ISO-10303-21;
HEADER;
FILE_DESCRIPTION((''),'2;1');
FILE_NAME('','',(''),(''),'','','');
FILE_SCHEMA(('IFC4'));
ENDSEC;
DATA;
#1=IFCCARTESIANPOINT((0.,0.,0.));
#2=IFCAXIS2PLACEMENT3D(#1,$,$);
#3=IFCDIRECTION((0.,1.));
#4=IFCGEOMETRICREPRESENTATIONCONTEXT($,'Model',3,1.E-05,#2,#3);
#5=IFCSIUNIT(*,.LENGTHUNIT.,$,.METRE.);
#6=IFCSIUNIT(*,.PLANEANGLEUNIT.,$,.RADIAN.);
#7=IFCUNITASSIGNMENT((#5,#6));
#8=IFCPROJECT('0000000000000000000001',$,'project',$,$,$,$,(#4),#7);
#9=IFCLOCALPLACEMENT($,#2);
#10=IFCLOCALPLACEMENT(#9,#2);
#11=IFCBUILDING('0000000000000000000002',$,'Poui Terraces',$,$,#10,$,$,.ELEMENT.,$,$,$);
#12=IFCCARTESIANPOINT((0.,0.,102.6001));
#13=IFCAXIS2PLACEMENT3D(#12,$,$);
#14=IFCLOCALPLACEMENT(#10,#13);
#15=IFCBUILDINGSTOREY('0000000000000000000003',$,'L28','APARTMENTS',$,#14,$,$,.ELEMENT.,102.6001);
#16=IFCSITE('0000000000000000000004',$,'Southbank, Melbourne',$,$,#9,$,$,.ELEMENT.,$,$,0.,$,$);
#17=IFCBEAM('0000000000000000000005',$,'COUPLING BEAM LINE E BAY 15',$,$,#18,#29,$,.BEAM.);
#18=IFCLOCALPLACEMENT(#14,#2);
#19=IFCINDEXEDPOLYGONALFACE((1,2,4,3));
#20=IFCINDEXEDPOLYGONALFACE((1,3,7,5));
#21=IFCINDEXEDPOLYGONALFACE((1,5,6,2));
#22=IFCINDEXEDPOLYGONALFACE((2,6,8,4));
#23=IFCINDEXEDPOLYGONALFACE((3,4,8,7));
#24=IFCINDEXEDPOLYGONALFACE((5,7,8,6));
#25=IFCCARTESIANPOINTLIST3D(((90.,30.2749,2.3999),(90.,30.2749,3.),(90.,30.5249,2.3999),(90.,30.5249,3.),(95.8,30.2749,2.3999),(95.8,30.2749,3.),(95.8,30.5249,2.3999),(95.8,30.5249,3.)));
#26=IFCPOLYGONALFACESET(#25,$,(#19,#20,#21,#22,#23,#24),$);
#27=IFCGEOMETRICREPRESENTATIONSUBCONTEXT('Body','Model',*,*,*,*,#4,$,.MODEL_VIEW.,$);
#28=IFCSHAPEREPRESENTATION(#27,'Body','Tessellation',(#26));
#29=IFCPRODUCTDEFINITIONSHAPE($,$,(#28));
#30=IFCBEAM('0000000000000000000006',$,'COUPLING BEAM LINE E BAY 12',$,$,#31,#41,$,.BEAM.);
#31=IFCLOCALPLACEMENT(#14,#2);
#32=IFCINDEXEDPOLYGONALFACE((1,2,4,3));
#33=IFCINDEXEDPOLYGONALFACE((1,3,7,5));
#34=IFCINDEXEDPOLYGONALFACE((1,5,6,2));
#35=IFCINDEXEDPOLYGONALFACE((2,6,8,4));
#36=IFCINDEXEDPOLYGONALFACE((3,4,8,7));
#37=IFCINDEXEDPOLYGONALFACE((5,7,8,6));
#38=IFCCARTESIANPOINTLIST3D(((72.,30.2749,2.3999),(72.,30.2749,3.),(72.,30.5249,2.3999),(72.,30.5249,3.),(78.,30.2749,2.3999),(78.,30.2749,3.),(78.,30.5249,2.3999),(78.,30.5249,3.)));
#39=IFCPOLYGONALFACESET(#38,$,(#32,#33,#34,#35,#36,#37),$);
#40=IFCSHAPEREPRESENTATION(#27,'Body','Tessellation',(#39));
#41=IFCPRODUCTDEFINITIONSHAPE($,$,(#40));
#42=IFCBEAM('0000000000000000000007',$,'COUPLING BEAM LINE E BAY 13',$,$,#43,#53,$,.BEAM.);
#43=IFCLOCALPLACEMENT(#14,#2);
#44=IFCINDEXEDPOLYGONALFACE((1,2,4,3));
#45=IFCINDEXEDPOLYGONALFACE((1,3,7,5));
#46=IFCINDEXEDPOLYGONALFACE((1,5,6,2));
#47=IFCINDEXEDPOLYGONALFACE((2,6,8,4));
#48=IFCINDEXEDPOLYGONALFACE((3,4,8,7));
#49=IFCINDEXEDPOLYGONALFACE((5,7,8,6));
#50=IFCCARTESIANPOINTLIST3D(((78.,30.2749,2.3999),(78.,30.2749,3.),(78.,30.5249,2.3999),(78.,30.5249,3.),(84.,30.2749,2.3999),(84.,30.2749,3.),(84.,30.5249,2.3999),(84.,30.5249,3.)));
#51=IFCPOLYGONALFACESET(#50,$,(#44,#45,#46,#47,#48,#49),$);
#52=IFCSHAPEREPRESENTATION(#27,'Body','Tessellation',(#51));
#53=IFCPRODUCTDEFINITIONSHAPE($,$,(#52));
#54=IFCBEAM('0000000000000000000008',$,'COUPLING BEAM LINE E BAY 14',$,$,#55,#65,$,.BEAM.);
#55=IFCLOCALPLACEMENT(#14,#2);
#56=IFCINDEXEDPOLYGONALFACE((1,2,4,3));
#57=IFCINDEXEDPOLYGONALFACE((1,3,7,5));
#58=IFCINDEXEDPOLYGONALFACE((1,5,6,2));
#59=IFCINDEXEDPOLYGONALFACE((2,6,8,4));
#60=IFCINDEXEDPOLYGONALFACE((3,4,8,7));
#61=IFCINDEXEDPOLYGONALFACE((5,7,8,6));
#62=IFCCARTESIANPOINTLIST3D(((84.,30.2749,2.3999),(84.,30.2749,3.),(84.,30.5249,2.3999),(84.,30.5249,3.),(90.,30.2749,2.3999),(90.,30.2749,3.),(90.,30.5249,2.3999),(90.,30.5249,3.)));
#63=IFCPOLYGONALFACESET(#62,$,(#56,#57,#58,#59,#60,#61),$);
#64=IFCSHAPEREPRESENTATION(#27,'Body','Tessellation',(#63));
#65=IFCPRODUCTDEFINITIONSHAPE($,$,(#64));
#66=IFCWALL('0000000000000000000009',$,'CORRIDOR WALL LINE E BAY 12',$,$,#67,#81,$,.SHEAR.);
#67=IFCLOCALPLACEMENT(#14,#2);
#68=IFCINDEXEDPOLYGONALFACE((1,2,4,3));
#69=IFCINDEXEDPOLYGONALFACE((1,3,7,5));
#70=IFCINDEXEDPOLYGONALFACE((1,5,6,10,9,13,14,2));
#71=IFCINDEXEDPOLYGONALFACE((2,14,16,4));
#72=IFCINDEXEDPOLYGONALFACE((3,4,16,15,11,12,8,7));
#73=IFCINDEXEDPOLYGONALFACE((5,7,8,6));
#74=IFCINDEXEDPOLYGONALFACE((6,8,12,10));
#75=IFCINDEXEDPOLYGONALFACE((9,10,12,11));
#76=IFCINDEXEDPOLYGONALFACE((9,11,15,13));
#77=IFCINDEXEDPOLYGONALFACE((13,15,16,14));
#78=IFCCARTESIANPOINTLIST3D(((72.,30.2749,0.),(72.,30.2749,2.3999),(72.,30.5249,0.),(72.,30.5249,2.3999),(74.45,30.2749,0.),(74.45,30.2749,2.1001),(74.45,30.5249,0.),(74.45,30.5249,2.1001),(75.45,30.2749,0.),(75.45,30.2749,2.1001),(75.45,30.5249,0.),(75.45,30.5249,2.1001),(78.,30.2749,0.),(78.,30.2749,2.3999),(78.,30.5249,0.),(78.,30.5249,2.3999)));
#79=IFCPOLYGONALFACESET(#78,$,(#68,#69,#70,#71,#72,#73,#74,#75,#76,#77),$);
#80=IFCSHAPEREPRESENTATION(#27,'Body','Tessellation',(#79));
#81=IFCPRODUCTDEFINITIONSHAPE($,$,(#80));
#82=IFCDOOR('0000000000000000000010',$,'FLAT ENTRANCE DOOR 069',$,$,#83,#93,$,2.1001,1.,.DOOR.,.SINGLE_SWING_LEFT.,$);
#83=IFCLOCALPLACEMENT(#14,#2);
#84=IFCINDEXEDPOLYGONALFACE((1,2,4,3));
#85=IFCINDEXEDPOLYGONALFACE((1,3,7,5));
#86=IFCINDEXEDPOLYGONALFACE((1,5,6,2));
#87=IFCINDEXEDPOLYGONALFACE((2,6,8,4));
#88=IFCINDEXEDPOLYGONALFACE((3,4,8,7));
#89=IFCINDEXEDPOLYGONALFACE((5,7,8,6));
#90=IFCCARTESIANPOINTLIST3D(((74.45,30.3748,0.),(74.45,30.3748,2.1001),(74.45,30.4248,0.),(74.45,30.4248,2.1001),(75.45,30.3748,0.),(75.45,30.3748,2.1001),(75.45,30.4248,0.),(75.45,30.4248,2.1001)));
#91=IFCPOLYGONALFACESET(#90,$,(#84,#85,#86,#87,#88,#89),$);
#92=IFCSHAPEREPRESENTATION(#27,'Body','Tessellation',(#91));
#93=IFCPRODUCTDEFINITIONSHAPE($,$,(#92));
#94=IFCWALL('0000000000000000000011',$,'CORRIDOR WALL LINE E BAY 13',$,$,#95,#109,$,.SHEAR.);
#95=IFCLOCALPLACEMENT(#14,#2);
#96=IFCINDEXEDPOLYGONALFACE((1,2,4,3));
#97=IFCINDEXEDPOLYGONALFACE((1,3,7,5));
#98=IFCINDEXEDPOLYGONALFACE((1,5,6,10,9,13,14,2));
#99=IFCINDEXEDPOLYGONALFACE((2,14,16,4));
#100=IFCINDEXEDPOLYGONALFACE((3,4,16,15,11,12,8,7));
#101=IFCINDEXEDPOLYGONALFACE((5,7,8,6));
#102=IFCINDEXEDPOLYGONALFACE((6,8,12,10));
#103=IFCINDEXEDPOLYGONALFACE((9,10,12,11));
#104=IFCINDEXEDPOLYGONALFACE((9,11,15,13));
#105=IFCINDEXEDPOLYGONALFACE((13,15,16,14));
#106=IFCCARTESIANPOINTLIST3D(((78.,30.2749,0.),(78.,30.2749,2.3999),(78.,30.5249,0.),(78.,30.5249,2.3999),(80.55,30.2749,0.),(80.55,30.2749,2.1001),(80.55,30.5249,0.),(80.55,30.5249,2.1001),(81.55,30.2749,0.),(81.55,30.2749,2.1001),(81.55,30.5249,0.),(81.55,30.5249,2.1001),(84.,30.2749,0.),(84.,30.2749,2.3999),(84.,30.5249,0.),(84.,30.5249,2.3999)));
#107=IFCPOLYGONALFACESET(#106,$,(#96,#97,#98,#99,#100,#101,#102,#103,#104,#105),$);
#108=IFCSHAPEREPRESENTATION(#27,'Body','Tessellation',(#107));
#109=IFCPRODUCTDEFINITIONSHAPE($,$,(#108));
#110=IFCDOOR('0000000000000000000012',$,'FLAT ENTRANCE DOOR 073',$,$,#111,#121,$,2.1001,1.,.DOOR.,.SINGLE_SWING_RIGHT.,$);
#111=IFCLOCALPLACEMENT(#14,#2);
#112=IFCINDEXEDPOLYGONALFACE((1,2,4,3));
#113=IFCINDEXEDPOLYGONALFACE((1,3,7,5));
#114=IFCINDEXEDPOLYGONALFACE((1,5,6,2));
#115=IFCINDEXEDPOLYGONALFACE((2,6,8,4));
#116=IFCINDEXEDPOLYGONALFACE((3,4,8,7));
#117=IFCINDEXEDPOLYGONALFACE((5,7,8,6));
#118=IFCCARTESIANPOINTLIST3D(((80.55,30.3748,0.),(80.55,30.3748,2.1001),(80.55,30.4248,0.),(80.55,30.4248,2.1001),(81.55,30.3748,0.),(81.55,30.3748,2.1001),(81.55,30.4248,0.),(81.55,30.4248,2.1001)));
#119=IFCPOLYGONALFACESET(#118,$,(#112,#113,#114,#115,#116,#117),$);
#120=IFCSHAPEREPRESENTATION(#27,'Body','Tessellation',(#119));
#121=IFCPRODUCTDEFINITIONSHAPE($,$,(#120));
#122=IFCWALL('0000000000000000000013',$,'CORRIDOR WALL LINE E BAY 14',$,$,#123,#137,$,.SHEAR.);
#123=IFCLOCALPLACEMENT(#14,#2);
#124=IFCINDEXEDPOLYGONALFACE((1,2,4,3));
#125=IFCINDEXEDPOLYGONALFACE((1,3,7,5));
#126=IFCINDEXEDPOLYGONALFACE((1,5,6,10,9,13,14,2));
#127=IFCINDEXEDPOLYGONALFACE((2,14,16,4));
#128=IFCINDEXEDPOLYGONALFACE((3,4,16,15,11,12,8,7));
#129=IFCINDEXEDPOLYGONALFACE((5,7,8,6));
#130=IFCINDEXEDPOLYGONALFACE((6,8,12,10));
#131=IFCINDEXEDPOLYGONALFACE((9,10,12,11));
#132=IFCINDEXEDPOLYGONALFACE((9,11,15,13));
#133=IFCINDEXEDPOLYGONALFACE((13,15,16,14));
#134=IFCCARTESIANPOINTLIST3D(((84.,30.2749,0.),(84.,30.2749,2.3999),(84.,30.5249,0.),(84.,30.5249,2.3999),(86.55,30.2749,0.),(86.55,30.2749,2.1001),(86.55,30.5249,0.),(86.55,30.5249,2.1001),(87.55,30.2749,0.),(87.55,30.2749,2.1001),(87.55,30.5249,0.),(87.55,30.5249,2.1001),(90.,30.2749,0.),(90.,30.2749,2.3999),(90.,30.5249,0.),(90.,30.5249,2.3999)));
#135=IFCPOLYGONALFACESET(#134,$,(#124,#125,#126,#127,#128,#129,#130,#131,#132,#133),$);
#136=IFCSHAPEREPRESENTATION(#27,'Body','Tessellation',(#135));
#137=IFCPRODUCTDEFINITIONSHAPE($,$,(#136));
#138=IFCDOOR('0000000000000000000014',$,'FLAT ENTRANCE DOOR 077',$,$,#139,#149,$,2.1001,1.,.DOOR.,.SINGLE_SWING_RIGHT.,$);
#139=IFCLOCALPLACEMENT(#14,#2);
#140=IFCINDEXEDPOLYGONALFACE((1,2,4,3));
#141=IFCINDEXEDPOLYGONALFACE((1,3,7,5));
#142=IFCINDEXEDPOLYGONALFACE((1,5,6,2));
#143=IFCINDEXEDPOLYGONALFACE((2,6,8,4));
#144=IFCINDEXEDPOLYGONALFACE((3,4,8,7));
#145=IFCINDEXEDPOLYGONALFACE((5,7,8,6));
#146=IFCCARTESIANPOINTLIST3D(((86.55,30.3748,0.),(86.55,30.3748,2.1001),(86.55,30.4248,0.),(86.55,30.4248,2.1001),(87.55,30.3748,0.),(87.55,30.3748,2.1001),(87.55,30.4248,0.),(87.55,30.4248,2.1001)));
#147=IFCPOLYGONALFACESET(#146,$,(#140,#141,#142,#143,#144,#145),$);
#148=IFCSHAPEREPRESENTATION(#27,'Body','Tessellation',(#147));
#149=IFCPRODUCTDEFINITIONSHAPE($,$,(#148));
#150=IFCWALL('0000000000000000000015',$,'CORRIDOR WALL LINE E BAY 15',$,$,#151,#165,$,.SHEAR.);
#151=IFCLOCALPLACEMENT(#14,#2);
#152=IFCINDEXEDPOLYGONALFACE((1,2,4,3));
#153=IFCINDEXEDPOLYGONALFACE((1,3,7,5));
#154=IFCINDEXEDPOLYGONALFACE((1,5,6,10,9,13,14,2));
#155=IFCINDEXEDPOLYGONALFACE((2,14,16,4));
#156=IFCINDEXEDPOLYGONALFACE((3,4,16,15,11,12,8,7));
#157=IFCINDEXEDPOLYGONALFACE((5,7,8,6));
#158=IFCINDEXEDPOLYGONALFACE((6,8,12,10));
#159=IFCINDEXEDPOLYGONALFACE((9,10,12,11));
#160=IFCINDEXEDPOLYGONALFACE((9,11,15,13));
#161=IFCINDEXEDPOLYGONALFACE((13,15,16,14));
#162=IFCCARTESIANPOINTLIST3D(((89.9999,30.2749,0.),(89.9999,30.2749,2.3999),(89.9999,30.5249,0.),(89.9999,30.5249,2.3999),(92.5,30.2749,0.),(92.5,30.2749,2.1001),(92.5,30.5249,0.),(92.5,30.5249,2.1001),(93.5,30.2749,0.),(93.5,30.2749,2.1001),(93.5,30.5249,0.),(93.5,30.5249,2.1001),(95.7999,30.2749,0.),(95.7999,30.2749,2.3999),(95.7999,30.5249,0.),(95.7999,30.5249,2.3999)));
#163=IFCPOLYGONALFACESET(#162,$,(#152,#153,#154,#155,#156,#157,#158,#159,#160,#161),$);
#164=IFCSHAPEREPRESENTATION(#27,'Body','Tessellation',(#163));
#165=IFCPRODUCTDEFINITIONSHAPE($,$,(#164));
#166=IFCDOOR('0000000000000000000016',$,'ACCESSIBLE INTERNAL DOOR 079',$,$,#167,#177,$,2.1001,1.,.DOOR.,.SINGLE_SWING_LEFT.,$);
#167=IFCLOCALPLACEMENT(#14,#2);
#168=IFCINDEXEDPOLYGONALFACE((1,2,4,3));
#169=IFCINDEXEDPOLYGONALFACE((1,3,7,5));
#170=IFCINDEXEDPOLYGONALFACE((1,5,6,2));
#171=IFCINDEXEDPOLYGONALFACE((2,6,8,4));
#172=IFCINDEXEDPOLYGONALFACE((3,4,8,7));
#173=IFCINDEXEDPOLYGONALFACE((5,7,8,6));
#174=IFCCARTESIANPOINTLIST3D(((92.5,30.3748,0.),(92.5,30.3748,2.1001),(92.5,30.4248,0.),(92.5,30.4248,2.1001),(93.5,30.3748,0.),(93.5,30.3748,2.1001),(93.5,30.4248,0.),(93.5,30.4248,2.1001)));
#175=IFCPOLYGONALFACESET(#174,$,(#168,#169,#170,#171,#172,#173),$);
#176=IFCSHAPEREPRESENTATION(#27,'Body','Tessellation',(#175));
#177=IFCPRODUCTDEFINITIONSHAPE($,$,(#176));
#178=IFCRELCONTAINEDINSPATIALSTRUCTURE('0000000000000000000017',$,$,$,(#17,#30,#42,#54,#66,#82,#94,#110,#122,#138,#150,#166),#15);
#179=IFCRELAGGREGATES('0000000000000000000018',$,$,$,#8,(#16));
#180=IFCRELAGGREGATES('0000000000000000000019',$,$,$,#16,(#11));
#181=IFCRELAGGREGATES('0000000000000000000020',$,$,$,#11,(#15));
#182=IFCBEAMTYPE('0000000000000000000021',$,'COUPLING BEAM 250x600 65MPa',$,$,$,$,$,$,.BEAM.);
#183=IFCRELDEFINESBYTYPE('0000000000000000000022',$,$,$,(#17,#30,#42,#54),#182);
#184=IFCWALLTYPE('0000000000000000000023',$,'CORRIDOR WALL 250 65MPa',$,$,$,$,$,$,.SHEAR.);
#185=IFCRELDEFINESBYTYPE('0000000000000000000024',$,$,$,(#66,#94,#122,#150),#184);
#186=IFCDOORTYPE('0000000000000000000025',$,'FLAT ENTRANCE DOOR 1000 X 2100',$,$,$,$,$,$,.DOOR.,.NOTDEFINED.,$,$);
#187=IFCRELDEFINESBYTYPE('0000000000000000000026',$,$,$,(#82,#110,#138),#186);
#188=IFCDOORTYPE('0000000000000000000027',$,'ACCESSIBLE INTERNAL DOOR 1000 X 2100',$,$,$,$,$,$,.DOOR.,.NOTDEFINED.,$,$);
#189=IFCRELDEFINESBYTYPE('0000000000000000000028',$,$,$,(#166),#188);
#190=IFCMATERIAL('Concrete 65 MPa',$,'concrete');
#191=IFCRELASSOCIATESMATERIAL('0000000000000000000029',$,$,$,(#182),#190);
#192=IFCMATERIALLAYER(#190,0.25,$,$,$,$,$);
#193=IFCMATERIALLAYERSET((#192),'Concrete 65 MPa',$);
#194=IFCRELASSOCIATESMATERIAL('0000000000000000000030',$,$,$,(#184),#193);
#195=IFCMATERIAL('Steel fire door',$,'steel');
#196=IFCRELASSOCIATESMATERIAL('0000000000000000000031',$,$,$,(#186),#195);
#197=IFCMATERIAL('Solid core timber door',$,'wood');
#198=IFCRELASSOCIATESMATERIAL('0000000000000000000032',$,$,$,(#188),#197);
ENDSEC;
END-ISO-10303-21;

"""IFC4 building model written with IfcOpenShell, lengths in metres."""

from ifc_helpers import new_model, si_unit, direction, frame, frame_2d, origin, origin_2d, place, context, subcontext, project, spatial, rectangle, extrude, source, transform, mapped, material, layer, layer_set, material_profile, profile_set, type_object, element, fill, save


model = new_model("IFC4")

# Units and contexts
model_context = context("Model", 3, precision=1e-05, world=origin(), true_north=direction((0.0, 1.0)))
body_context = subcontext(model_context, "Body", "Model", "MODEL_VIEW")
ifc_project = project(units=[si_unit("LENGTHUNIT", "METRE"), si_unit("PLANEANGLEUNIT", "RADIAN")], contexts=[model_context])

# Site, building, storey
site_placement = place(None, origin())
site = spatial("IfcSite", under=ifc_project, at=site_placement, Name="Southbank, Melbourne", CompositionType="ELEMENT", RefElevation=0.0)
building_placement = place(site_placement, origin())
building = spatial("IfcBuilding", under=site, at=building_placement, Name="Poui Terraces", CompositionType="ELEMENT")
storey_placement = place(building_placement, frame((0.0, 0.0, 102.6001)))
storey = spatial("IfcBuildingStorey", under=building, at=storey_placement, Name="L28", Description="APARTMENTS", CompositionType="ELEMENT", Elevation=102.6001)

# Beams
ifc_material_1 = material(Name="Concrete 65 MPa", Category="concrete")
ifc_material_profile = material_profile(ifc_material_1, rectangle(XDim=0.25, YDim=0.6001, at=origin_2d()), Name="RC 250x600")
ifc_profile_set = profile_set([ifc_material_profile], Name="Concrete 65 MPa")
beam_type = type_object("IfcBeamType", Name="COUPLING BEAM 250x600 65MPa", PredefinedType="BEAM", material=ifc_profile_set)
shared_shape_1 = source(origin(), body_context, "Body", "SweptSolid", [
    extrude(rectangle(XDim=0.25, YDim=0.6001, at=origin_2d()), origin(), (0.0, 0.0, 1.0), 5.8),
])
beam_placement = place(storey_placement, frame((90.0, 30.3999, 2.7), z_axis=(1.0, 0.0, 0.0), x_axis=(0.0, 1.0, 0.0)))
element("IfcBeam", 1, at=beam_placement, inside=storey, type_object=beam_type, Name="COUPLING BEAM LINE E BAY 15", PredefinedType="BEAM", context=body_context, shape_type="MappedRepresentation", body=[
    mapped(shared_shape_1, transform((0.0, 0.0, 0.0))),
])
shared_shape_2 = source(origin(), body_context, "Body", "SweptSolid", [
    extrude(rectangle(XDim=0.25, YDim=0.6001, at=origin_2d()), origin(), (0.0, 0.0, 1.0), 6.0),
])
for number, where, z_axis, x_axis, name in (
    (2, (72.0, 30.3999, 2.7), (1.0, 0.0, 0.0), (0.0, 1.0, 0.0), "COUPLING BEAM LINE E BAY 12"),
    (3, (78.0, 30.3999, 2.7), (1.0, 0.0, 0.0), (0.0, 1.0, 0.0), "COUPLING BEAM LINE E BAY 13"),
    (4, (84.0, 30.3999, 2.7), (1.0, 0.0, 0.0), (0.0, 1.0, 0.0), "COUPLING BEAM LINE E BAY 14"),
):
    element("IfcBeam", number, at=place(storey_placement, frame(where, z_axis=z_axis, x_axis=x_axis)), inside=storey, type_object=beam_type, Name=name, PredefinedType="BEAM", context=body_context, shape_type="MappedRepresentation", body=[
        mapped(shared_shape_2, transform((0.0, 0.0, 0.0))),
    ])

# Walls, openings, doors
ifc_layer_1 = layer(ifc_material_1, 0.25)
ifc_layer_set_1 = layer_set([ifc_layer_1], Name="Concrete 65 MPa")
wall_type_1 = type_object("IfcWallType", Name="CORRIDOR WALL 250 65MPa", PredefinedType="SHEAR", material=ifc_layer_set_1)
wall_1_placement = place(storey_placement, frame((72.0, 30.3999, 0.0), z_axis=(0.0, 0.0, 1.0), x_axis=(1.0, 0.0, 0.0)))
wall_1 = element("IfcWall", 5, at=wall_1_placement, inside=storey, type_object=wall_type_1, Name="CORRIDOR WALL LINE E BAY 12", PredefinedType="SHEAR", context=body_context, shape_type="SweptSolid", body=[
    extrude(rectangle(XDim=6.0, YDim=0.25, at=frame_2d((3.0, 0.0))), origin(), (0.0, 0.0, 1.0), 2.3999),
])
opening_1_placement = place(wall_1_placement, frame((2.45, 0.0, 0.0)))
opening_1 = element("IfcOpeningElement", 6, at=opening_1_placement, cuts=wall_1, PredefinedType="OPENING", context=body_context, shape_type="SweptSolid", body=[
    extrude(rectangle(XDim=1.0, YDim=2.1001, at=frame_2d((0.5, 1.05))), frame((0.0, 0.135, 0.0), z_axis=(0.0, -1.0, 0.0), x_axis=(1.0, 0.0, 0.0)), (0.0, 0.0, 1.0), 0.27),
])
ifc_material_2 = material(Name="Steel fire door", Category="steel")
door_type_1 = type_object("IfcDoorType", Name="FLAT ENTRANCE DOOR 1000 X 2100", OperationType="NOTDEFINED", PredefinedType="DOOR", material=ifc_material_2)
door_1_placement = place(opening_1_placement, origin())
door_1 = element("IfcDoor", 7, at=door_1_placement, inside=storey, type_object=door_type_1, Name="FLAT ENTRANCE DOOR 069", OperationType="SINGLE_SWING_LEFT", OverallHeight=2.1001, OverallWidth=1.0, PredefinedType="DOOR", context=body_context, shape_type="SweptSolid", body=[
    extrude(rectangle(XDim=1.0, YDim=2.1001, at=frame_2d((0.5, 1.05))), frame((0.0, 0.0249, 0.0), z_axis=(0.0, -1.0, 0.0), x_axis=(1.0, 0.0, 0.0)), (0.0, 0.0, 1.0), 0.05),
])
fill(opening_1, door_1)
wall_2_placement = place(storey_placement, frame((78.0, 30.3999, 0.0), z_axis=(0.0, 0.0, 1.0), x_axis=(1.0, 0.0, 0.0)))
wall_2 = element("IfcWall", 8, at=wall_2_placement, inside=storey, type_object=wall_type_1, Name="CORRIDOR WALL LINE E BAY 13", PredefinedType="SHEAR", context=body_context, shape_type="SweptSolid", body=[
    extrude(rectangle(XDim=6.0, YDim=0.25, at=frame_2d((3.0, 0.0))), origin(), (0.0, 0.0, 1.0), 2.3999),
])
opening_2_placement = place(wall_2_placement, frame((2.55, 0.0, 0.0)))
opening_2 = element("IfcOpeningElement", 9, at=opening_2_placement, cuts=wall_2, PredefinedType="OPENING", context=body_context, shape_type="SweptSolid", body=[
    extrude(rectangle(XDim=1.0, YDim=2.1001, at=frame_2d((0.5, 1.05))), frame((0.0, 0.135, 0.0), z_axis=(0.0, -1.0, 0.0), x_axis=(1.0, 0.0, 0.0)), (0.0, 0.0, 1.0), 0.27),
])
door_2_placement = place(opening_2_placement, origin())
door_2 = element("IfcDoor", 10, at=door_2_placement, inside=storey, type_object=door_type_1, Name="FLAT ENTRANCE DOOR 073", OperationType="SINGLE_SWING_RIGHT", OverallHeight=2.1001, OverallWidth=1.0, PredefinedType="DOOR", context=body_context, shape_type="SweptSolid", body=[
    extrude(rectangle(XDim=1.0, YDim=2.1001, at=frame_2d((0.5, 1.05))), frame((0.0, 0.0249, 0.0), z_axis=(0.0, -1.0, 0.0), x_axis=(1.0, 0.0, 0.0)), (0.0, 0.0, 1.0), 0.05),
])
fill(opening_2, door_2)
wall_3_placement = place(storey_placement, frame((84.0, 30.3999, 0.0), z_axis=(0.0, 0.0, 1.0), x_axis=(1.0, 0.0, 0.0)))
wall_3 = element("IfcWall", 11, at=wall_3_placement, inside=storey, type_object=wall_type_1, Name="CORRIDOR WALL LINE E BAY 14", PredefinedType="SHEAR", context=body_context, shape_type="SweptSolid", body=[
    extrude(rectangle(XDim=6.0, YDim=0.25, at=frame_2d((3.0, 0.0))), origin(), (0.0, 0.0, 1.0), 2.3999),
])
opening_3_placement = place(wall_3_placement, frame((2.55, 0.0, 0.0)))
opening_3 = element("IfcOpeningElement", 12, at=opening_3_placement, cuts=wall_3, PredefinedType="OPENING", context=body_context, shape_type="SweptSolid", body=[
    extrude(rectangle(XDim=1.0, YDim=2.1001, at=frame_2d((0.5, 1.05))), frame((0.0, 0.135, 0.0), z_axis=(0.0, -1.0, 0.0), x_axis=(1.0, 0.0, 0.0)), (0.0, 0.0, 1.0), 0.27),
])
door_3_placement = place(opening_3_placement, origin())
door_3 = element("IfcDoor", 13, at=door_3_placement, inside=storey, type_object=door_type_1, Name="FLAT ENTRANCE DOOR 077", OperationType="SINGLE_SWING_RIGHT", OverallHeight=2.1001, OverallWidth=1.0, PredefinedType="DOOR", context=body_context, shape_type="SweptSolid", body=[
    extrude(rectangle(XDim=1.0, YDim=2.1001, at=frame_2d((0.5, 1.05))), frame((0.0, 0.0249, 0.0), z_axis=(0.0, -1.0, 0.0), x_axis=(1.0, 0.0, 0.0)), (0.0, 0.0, 1.0), 0.05),
])
fill(opening_3, door_3)
wall_4_placement = place(storey_placement, frame((90.0, 30.3999, 0.0), z_axis=(0.0, 0.0, 1.0), x_axis=(1.0, 0.0, 0.0)))
wall_4 = element("IfcWall", 14, at=wall_4_placement, inside=storey, type_object=wall_type_1, Name="CORRIDOR WALL LINE E BAY 15", PredefinedType="SHEAR", context=body_context, shape_type="SweptSolid", body=[
    extrude(rectangle(XDim=5.8, YDim=0.25, at=frame_2d((2.8999, 0.0))), origin(), (0.0, 0.0, 1.0), 2.3999),
])
opening_4_placement = place(wall_4_placement, frame((2.5, 0.0, 0.0)))
opening_4 = element("IfcOpeningElement", 15, at=opening_4_placement, cuts=wall_4, PredefinedType="OPENING", context=body_context, shape_type="SweptSolid", body=[
    extrude(rectangle(XDim=1.0, YDim=2.1001, at=frame_2d((0.5, 1.05))), frame((0.0, 0.135, 0.0), z_axis=(0.0, -1.0, 0.0), x_axis=(1.0, 0.0, 0.0)), (0.0, 0.0, 1.0), 0.27),
])
ifc_material_3 = material(Name="Solid core timber door", Category="wood")
door_type_2 = type_object("IfcDoorType", Name="ACCESSIBLE INTERNAL DOOR 1000 X 2100", OperationType="NOTDEFINED", PredefinedType="DOOR", material=ifc_material_3)
door_4_placement = place(opening_4_placement, origin())
door_4 = element("IfcDoor", 16, at=door_4_placement, inside=storey, type_object=door_type_2, Name="ACCESSIBLE INTERNAL DOOR 079", OperationType="SINGLE_SWING_LEFT", OverallHeight=2.1001, OverallWidth=1.0, PredefinedType="DOOR", context=body_context, shape_type="SweptSolid", body=[
    extrude(rectangle(XDim=1.0, YDim=2.1001, at=frame_2d((0.5, 1.05))), frame((0.0, 0.0249, 0.0), z_axis=(0.0, -1.0, 0.0), x_axis=(1.0, 0.0, 0.0)), (0.0, 0.0, 1.0), 0.05),
])
fill(opening_4, door_4)

save(model, "model.ifc")
